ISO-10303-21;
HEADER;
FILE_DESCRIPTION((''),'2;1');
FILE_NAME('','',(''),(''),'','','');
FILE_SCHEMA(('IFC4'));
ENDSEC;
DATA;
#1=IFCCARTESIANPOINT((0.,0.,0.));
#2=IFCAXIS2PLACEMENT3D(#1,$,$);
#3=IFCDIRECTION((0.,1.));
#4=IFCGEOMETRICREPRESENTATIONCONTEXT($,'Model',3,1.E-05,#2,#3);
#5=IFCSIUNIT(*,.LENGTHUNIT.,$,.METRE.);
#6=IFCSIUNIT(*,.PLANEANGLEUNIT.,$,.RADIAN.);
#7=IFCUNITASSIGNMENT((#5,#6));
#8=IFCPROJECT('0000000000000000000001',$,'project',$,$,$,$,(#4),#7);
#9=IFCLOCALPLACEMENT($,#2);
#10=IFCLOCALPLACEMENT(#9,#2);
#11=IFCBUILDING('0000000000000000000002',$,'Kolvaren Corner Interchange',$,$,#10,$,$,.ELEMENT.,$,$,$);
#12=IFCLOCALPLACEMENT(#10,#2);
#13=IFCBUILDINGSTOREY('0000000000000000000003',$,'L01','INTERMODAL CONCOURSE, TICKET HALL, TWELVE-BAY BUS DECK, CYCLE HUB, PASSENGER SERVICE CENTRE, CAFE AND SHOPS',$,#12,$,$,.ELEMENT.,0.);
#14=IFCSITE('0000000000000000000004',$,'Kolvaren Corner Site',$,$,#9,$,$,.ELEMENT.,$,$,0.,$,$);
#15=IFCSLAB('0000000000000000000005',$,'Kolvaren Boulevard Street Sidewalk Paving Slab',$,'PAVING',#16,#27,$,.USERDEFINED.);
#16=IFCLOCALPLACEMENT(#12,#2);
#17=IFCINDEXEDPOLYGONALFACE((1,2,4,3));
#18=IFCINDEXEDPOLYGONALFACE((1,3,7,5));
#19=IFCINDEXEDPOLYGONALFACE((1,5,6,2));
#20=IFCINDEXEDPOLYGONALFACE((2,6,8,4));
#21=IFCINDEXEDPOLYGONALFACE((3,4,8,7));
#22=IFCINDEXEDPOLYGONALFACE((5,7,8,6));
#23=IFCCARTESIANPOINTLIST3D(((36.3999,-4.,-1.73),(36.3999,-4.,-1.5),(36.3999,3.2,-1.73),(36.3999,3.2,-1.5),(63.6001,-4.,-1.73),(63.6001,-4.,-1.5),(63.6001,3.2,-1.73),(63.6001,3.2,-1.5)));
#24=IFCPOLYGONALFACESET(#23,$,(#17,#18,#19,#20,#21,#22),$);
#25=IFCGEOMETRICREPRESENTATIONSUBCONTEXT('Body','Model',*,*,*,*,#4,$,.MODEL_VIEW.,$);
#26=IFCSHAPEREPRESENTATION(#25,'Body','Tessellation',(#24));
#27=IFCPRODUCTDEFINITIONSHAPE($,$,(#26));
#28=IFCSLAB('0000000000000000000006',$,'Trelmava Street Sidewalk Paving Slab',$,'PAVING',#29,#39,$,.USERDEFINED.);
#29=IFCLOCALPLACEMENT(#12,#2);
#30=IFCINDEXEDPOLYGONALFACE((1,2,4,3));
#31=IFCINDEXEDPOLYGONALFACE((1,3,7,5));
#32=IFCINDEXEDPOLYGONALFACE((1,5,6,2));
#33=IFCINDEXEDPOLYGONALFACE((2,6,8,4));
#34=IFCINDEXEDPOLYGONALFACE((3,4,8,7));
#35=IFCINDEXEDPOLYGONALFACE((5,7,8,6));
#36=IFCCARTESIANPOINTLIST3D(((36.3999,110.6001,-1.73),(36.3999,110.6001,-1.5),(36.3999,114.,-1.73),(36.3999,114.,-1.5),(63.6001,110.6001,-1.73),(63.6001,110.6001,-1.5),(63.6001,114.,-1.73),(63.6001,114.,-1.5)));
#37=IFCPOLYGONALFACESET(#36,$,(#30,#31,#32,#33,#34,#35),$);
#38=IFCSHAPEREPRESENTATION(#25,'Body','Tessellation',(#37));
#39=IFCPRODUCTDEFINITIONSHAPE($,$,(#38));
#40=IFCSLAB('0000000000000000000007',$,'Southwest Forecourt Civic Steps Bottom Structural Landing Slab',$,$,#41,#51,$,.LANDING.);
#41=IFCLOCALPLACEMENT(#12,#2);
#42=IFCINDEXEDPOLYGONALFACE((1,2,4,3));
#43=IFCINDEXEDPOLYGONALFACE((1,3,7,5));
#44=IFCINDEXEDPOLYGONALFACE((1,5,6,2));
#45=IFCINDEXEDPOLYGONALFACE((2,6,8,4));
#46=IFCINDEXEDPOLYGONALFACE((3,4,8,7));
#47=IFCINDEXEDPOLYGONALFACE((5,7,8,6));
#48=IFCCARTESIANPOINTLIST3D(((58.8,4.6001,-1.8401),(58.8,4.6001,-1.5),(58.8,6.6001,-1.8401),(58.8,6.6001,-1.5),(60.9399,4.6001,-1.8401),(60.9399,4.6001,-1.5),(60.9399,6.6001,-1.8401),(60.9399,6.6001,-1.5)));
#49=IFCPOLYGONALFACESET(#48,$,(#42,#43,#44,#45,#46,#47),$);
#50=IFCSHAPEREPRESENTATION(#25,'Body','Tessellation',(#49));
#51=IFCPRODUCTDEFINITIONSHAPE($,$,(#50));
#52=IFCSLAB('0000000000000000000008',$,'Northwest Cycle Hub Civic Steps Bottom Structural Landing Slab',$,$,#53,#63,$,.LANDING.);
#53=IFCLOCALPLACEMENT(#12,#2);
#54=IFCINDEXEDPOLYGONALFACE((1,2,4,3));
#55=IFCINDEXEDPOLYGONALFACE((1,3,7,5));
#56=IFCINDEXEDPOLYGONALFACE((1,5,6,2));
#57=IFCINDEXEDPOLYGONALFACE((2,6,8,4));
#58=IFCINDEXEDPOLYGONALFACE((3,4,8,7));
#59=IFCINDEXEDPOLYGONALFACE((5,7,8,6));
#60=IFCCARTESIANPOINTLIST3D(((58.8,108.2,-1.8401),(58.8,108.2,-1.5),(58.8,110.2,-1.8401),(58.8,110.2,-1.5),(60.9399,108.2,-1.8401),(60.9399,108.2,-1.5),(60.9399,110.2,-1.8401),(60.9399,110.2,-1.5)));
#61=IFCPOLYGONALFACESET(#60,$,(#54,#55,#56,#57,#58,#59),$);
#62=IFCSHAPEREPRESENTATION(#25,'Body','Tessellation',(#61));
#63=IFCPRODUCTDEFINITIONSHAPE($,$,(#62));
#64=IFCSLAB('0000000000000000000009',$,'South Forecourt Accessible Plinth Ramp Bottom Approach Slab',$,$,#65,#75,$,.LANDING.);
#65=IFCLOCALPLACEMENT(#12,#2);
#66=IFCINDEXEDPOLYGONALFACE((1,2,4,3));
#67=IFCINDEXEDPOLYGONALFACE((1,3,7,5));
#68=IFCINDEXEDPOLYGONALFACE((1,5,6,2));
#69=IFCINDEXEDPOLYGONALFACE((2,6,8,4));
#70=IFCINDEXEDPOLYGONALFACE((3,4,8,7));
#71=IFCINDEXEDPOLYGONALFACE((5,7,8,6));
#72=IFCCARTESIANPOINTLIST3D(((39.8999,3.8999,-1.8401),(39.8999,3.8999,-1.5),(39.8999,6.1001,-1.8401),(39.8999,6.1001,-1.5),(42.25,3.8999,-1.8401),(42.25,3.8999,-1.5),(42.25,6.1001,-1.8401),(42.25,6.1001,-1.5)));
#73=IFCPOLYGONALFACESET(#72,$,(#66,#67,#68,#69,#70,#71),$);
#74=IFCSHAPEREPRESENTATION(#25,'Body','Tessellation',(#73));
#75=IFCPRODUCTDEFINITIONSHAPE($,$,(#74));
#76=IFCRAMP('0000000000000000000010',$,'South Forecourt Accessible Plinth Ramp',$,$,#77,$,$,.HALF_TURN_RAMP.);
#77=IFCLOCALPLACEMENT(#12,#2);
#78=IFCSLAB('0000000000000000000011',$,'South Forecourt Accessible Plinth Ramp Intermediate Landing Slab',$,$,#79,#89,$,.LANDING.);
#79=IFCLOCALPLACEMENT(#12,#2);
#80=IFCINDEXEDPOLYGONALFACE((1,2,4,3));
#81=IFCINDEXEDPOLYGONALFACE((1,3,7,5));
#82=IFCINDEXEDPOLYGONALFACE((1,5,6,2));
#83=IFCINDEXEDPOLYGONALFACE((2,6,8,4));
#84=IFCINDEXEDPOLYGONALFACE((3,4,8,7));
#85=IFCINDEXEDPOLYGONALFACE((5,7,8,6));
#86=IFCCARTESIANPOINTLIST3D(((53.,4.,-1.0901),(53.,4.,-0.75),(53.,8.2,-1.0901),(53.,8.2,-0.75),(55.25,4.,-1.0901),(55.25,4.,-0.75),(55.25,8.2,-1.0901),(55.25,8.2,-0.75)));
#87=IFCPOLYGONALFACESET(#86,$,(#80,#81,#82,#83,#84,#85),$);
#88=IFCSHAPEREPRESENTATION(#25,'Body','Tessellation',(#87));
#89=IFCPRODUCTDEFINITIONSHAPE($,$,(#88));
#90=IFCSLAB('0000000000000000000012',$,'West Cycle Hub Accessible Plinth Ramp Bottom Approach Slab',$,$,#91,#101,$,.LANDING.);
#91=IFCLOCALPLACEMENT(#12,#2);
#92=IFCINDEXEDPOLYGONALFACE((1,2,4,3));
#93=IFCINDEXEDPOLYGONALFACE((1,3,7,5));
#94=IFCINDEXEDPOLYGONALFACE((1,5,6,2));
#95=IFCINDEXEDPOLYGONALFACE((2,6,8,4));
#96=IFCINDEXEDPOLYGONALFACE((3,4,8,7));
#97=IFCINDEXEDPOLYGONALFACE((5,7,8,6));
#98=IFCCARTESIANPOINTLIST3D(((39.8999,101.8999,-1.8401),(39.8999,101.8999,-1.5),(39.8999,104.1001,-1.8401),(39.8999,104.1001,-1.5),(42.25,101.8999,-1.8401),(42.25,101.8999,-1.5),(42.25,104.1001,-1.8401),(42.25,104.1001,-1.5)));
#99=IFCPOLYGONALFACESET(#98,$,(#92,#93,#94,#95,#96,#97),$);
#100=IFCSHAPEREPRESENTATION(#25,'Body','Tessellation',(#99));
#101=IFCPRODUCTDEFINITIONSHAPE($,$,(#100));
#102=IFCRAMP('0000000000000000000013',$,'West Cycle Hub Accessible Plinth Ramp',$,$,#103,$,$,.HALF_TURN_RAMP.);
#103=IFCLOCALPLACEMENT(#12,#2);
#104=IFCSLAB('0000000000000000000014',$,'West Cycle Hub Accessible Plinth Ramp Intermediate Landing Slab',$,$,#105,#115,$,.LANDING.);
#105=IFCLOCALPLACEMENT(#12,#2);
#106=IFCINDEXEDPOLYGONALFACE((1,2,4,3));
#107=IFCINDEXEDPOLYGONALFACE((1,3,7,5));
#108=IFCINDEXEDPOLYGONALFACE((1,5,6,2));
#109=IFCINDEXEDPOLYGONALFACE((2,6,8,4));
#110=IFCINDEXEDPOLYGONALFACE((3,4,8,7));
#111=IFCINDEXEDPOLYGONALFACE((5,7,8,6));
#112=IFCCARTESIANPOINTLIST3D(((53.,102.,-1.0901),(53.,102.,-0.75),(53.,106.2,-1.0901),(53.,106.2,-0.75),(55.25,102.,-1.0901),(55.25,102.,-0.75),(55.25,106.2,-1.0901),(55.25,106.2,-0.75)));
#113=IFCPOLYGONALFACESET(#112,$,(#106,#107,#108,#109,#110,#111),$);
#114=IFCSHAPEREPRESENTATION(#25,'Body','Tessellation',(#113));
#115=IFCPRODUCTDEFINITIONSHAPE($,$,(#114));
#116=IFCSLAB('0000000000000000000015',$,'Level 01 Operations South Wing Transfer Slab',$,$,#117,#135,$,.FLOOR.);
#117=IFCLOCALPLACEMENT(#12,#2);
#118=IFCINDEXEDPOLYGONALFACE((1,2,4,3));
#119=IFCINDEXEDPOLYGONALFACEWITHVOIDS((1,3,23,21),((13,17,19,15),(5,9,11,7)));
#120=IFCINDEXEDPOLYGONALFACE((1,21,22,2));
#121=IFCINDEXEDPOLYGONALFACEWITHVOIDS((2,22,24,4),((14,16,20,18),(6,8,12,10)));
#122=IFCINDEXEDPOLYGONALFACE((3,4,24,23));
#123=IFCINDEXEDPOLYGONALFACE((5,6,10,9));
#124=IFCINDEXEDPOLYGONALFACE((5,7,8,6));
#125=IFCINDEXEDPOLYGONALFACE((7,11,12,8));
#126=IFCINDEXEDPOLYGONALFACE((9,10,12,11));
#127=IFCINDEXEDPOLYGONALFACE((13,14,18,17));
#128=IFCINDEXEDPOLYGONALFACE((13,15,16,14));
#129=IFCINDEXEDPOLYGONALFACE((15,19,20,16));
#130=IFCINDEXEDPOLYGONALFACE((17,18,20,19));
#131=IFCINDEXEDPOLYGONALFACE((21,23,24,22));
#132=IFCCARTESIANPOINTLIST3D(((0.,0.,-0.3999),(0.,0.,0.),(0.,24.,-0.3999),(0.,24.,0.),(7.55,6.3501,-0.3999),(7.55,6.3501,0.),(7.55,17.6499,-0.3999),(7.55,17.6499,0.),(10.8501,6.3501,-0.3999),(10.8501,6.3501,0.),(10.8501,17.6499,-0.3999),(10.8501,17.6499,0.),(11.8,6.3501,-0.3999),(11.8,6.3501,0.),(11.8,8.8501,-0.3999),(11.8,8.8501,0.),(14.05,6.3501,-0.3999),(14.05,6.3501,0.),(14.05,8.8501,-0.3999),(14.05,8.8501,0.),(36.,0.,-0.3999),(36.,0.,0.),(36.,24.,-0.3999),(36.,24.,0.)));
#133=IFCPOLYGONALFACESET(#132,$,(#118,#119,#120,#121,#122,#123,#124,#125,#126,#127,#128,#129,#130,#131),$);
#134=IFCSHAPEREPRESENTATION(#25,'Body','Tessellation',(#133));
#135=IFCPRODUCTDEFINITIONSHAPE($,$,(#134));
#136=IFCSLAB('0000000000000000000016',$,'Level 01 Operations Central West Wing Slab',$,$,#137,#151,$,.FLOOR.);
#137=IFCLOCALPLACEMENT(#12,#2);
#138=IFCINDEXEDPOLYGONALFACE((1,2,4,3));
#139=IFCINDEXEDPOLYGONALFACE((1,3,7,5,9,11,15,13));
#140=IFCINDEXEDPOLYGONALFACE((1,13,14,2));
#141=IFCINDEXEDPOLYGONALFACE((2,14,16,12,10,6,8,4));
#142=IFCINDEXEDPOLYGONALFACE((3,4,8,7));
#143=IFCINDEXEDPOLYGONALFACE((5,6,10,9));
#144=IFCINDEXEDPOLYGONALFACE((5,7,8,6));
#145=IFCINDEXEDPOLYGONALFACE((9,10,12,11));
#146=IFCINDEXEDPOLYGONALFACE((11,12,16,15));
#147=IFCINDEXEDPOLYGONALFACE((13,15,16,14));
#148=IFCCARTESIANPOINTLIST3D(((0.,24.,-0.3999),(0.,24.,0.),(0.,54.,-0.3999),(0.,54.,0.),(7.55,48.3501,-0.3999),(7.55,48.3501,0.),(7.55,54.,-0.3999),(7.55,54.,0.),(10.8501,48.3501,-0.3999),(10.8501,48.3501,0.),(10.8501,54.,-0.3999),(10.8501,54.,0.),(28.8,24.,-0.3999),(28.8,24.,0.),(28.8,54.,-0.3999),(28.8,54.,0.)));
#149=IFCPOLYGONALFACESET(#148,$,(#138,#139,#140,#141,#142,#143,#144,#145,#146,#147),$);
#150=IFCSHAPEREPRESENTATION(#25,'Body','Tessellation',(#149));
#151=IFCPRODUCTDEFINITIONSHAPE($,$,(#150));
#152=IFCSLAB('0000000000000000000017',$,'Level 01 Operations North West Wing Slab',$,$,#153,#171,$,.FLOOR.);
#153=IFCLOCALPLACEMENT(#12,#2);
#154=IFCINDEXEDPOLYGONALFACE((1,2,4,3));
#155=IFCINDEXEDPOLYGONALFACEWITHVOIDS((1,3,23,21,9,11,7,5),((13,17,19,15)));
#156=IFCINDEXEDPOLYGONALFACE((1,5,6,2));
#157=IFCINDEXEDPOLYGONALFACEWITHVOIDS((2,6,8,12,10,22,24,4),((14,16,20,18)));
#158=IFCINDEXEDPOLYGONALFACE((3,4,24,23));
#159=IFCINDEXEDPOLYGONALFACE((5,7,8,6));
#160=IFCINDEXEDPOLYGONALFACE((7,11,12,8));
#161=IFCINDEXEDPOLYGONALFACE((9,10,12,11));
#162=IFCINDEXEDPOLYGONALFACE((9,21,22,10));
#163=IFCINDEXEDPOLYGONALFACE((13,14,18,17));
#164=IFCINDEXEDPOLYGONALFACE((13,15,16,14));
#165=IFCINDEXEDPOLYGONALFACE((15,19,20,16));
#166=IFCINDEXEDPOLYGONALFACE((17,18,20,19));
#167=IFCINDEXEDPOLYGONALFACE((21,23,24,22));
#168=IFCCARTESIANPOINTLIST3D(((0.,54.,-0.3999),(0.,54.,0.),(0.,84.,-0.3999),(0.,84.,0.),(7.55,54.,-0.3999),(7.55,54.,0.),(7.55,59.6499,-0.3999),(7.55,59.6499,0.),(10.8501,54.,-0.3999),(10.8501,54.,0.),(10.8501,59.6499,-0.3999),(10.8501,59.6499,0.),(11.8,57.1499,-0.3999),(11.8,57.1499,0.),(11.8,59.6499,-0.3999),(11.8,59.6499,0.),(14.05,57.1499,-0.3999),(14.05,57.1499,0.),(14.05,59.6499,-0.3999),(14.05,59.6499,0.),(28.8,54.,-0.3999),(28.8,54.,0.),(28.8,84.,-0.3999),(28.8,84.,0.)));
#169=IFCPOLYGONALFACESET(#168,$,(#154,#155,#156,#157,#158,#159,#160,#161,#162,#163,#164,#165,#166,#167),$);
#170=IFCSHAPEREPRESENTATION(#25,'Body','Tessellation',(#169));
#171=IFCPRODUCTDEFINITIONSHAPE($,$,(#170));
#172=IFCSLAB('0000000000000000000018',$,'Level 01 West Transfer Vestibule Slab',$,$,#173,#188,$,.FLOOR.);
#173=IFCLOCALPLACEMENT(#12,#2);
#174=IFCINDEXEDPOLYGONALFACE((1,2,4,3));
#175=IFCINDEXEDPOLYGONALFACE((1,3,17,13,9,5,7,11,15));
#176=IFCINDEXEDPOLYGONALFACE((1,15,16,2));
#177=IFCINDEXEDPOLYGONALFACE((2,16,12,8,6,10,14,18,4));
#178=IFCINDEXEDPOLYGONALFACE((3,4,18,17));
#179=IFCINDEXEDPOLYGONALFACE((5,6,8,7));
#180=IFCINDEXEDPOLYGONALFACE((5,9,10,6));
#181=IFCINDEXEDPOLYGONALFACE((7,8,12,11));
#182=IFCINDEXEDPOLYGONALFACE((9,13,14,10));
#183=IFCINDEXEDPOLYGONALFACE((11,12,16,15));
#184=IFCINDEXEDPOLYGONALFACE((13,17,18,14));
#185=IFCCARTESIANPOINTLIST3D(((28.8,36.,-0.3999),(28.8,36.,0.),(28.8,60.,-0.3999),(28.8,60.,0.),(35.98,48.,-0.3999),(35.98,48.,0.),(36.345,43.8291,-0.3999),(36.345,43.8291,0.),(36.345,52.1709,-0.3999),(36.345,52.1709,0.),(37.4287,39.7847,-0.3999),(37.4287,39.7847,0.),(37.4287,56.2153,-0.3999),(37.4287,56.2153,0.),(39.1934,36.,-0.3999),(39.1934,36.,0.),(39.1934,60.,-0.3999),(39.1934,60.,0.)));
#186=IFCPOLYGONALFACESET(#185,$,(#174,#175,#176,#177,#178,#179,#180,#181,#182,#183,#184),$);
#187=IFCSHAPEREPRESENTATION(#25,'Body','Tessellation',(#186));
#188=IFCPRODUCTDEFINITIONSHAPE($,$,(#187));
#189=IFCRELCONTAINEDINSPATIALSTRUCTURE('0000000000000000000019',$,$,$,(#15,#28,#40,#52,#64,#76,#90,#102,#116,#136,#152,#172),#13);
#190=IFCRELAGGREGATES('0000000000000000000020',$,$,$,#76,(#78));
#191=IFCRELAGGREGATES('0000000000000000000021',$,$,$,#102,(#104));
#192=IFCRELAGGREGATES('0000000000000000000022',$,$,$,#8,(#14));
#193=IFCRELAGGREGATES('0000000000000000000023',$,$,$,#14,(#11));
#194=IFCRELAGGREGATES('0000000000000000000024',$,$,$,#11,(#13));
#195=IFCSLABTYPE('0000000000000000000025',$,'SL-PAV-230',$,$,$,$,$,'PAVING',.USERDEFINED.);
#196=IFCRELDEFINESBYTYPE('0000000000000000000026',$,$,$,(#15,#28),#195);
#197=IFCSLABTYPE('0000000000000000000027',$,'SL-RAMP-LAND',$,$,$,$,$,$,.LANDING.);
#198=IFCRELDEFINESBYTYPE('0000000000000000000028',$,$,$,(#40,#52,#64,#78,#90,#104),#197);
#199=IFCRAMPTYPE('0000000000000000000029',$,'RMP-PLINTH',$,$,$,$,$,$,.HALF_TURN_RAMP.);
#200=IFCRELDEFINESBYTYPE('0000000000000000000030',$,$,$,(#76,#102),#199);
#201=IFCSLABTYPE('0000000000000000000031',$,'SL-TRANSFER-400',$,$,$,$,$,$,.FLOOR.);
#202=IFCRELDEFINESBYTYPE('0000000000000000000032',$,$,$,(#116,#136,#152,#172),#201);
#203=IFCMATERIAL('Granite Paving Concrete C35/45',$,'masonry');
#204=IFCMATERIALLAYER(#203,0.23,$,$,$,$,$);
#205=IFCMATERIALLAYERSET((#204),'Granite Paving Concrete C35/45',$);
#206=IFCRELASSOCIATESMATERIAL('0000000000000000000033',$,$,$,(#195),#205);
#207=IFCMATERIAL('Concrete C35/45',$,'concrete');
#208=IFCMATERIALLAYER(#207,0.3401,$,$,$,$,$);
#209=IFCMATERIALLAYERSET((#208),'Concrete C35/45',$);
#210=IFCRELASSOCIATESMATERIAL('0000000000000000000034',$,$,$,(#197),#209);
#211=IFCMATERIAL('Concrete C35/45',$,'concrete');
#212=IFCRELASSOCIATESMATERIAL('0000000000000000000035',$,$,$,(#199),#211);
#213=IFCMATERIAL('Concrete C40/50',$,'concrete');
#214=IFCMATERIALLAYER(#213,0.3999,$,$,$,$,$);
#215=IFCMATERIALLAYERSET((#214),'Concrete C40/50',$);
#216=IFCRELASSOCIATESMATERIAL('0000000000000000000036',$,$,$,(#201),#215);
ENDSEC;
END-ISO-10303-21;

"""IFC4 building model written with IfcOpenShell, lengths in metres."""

from ifc_helpers import new_model, si_unit, direction, frame, origin, place, context, subcontext, project, spatial, polyline, outline, extrude, material, layer, layer_set, type_object, element, aggregate, save


model = new_model("IFC4")

# Units and contexts
model_context = context("Model", 3, precision=1e-05, world=origin(), true_north=direction((0.0, 1.0)))
body_context = subcontext(model_context, "Body", "Model", "MODEL_VIEW")
ifc_project = project(units=[si_unit("LENGTHUNIT", "METRE"), si_unit("PLANEANGLEUNIT", "RADIAN")], contexts=[model_context])

# Site, building, storey
site_placement = place(None, origin())
site = spatial("IfcSite", under=ifc_project, at=site_placement, Name="Kolvaren Corner Site", CompositionType="ELEMENT", RefElevation=0.0)
building_placement = place(site_placement, origin())
building = spatial("IfcBuilding", under=site, at=building_placement, Name="Kolvaren Corner Interchange", CompositionType="ELEMENT")
storey_placement = place(building_placement, origin())
storey = spatial("IfcBuildingStorey", under=building, at=storey_placement, Name="L01", Description="INTERMODAL CONCOURSE, TICKET HALL, TWELVE-BAY BUS DECK, CYCLE HUB, PASSENGER SERVICE CENTRE, CAFE AND SHOPS", CompositionType="ELEMENT", Elevation=0.0)

# Slabs
ifc_material_1 = material(Name="Granite Paving Concrete C35/45", Category="masonry")
ifc_layer_1 = layer(ifc_material_1, 0.23)
ifc_layer_set_1 = layer_set([ifc_layer_1], Name="Granite Paving Concrete C35/45")
slab_type_1 = type_object("IfcSlabType", Name="SL-PAV-230", ElementType="PAVING", PredefinedType="USERDEFINED", material=ifc_layer_set_1)
slab_1_placement = place(storey_placement, frame((0.0, 0.0, -1.73)))
element("IfcSlab", 1, at=slab_1_placement, inside=storey, type_object=slab_type_1, Name="Kolvaren Boulevard Street Sidewalk Paving Slab", ObjectType="PAVING", PredefinedType="USERDEFINED", context=body_context, shape_type="SweptSolid", body=[
    extrude(outline(polyline([(63.6001, -4.0), (63.6001, 3.2), (36.3999, 3.2), (36.3999, -4.0), (63.6001, -4.0)])), origin(), (0.0, 0.0, 1.0), 0.23),
])
slab_2_placement = place(storey_placement, frame((0.0, 0.0, -1.73)))
element("IfcSlab", 2, at=slab_2_placement, inside=storey, type_object=slab_type_1, Name="Trelmava Street Sidewalk Paving Slab", ObjectType="PAVING", PredefinedType="USERDEFINED", context=body_context, shape_type="SweptSolid", body=[
    extrude(outline(polyline([(63.6001, 114.0), (36.3999, 114.0), (36.3999, 110.6001), (63.6001, 110.6001), (63.6001, 114.0)])), origin(), (0.0, 0.0, 1.0), 0.23),
])
ifc_material_2 = material(Name="Concrete C35/45", Category="concrete")
ifc_layer_2 = layer(ifc_material_2, 0.3401)
ifc_layer_set_2 = layer_set([ifc_layer_2], Name="Concrete C35/45")
slab_type_2 = type_object("IfcSlabType", Name="SL-RAMP-LAND", PredefinedType="LANDING", material=ifc_layer_set_2)
slab_3_placement = place(storey_placement, frame((0.0, 0.0, -1.8401)))
element("IfcSlab", 3, at=slab_3_placement, inside=storey, type_object=slab_type_2, Name="Southwest Forecourt Civic Steps Bottom Structural Landing Slab", PredefinedType="LANDING", context=body_context, shape_type="SweptSolid", body=[
    extrude(outline(polyline([(58.8, 4.6001), (60.9399, 4.6001), (60.9399, 6.6001), (58.8, 6.6001), (58.8, 4.6001)])), origin(), (0.0, 0.0, 1.0), 0.3401),
])
slab_4_placement = place(storey_placement, frame((0.0, 0.0, -1.8401)))
element("IfcSlab", 4, at=slab_4_placement, inside=storey, type_object=slab_type_2, Name="Northwest Cycle Hub Civic Steps Bottom Structural Landing Slab", PredefinedType="LANDING", context=body_context, shape_type="SweptSolid", body=[
    extrude(outline(polyline([(58.8, 108.2), (60.9399, 108.2), (60.9399, 110.2), (58.8, 110.2), (58.8, 108.2)])), origin(), (0.0, 0.0, 1.0), 0.3401),
])
slab_5_placement = place(storey_placement, frame((0.0, 0.0, -1.8401)))
element("IfcSlab", 5, at=slab_5_placement, inside=storey, type_object=slab_type_2, Name="South Forecourt Accessible Plinth Ramp Bottom Approach Slab", PredefinedType="LANDING", context=body_context, shape_type="SweptSolid", body=[
    extrude(outline(polyline([(39.8999, 3.8999), (42.25, 3.8999), (42.25, 6.1001), (39.8999, 6.1001), (39.8999, 3.8999)])), origin(), (0.0, 0.0, 1.0), 0.3401),
])

# Ramp, slab
ifc_material_3 = material(Name="Concrete C35/45", Category="concrete")
ramp_type = type_object("IfcRampType", Name="RMP-PLINTH", PredefinedType="HALF_TURN_RAMP", material=ifc_material_3)
ramp_1_placement = place(storey_placement, origin())
ramp_1 = element("IfcRamp", 6, at=ramp_1_placement, inside=storey, type_object=ramp_type, Name="South Forecourt Accessible Plinth Ramp", PredefinedType="HALF_TURN_RAMP")
slab_6_placement = place(storey_placement, frame((0.0, 0.0, -1.0901)))
slab_6 = element("IfcSlab", 7, at=slab_6_placement, type_object=slab_type_2, Name="South Forecourt Accessible Plinth Ramp Intermediate Landing Slab", PredefinedType="LANDING", context=body_context, shape_type="SweptSolid", body=[
    extrude(outline(polyline([(53.0, 4.0), (55.25, 4.0), (55.25, 8.2), (53.0, 8.2), (53.0, 4.0)])), origin(), (0.0, 0.0, 1.0), 0.3401),
])
aggregate(ramp_1, [slab_6])

# Slab
slab_7_placement = place(storey_placement, frame((0.0, 0.0, -1.8401)))
element("IfcSlab", 8, at=slab_7_placement, inside=storey, type_object=slab_type_2, Name="West Cycle Hub Accessible Plinth Ramp Bottom Approach Slab", PredefinedType="LANDING", context=body_context, shape_type="SweptSolid", body=[
    extrude(outline(polyline([(39.8999, 101.8999), (42.25, 101.8999), (42.25, 104.1001), (39.8999, 104.1001), (39.8999, 101.8999)])), origin(), (0.0, 0.0, 1.0), 0.3401),
])

# Ramp, slab
ramp_2_placement = place(storey_placement, origin())
ramp_2 = element("IfcRamp", 9, at=ramp_2_placement, inside=storey, type_object=ramp_type, Name="West Cycle Hub Accessible Plinth Ramp", PredefinedType="HALF_TURN_RAMP")
slab_8_placement = place(storey_placement, frame((0.0, 0.0, -1.0901)))
slab_8 = element("IfcSlab", 10, at=slab_8_placement, type_object=slab_type_2, Name="West Cycle Hub Accessible Plinth Ramp Intermediate Landing Slab", PredefinedType="LANDING", context=body_context, shape_type="SweptSolid", body=[
    extrude(outline(polyline([(53.0, 102.0), (55.25, 102.0), (55.25, 106.2), (53.0, 106.2), (53.0, 102.0)])), origin(), (0.0, 0.0, 1.0), 0.3401),
])
aggregate(ramp_2, [slab_8])

# Slabs
ifc_material_4 = material(Name="Concrete C40/50", Category="concrete")
ifc_layer_3 = layer(ifc_material_4, 0.3999)
ifc_layer_set_3 = layer_set([ifc_layer_3], Name="Concrete C40/50")
slab_type_3 = type_object("IfcSlabType", Name="SL-TRANSFER-400", PredefinedType="FLOOR", material=ifc_layer_set_3)
slab_9_placement = place(storey_placement, frame((0.0, 0.0, -0.3999)))
element("IfcSlab", 11, at=slab_9_placement, inside=storey, type_object=slab_type_3, Name="Level 01 Operations South Wing Transfer Slab", PredefinedType="FLOOR", context=body_context, shape_type="SweptSolid", body=[
    extrude(outline(polyline([(36.0, 24.0), (0.0, 24.0), (0.0, 0.0), (36.0, 0.0), (36.0, 24.0)]), holes=[polyline([(7.55, 17.6499), (10.8501, 17.6499), (10.8501, 6.3501), (7.55, 6.3501), (7.55, 17.6499)]), polyline([(11.8, 6.3501), (11.8, 8.8501), (14.05, 8.8501), (14.05, 6.3501), (11.8, 6.3501)])]), origin(), (0.0, 0.0, 1.0), 0.3999),
])
slab_10_placement = place(storey_placement, frame((0.0, 0.0, -0.3999)))
element("IfcSlab", 12, at=slab_10_placement, inside=storey, type_object=slab_type_3, Name="Level 01 Operations Central West Wing Slab", PredefinedType="FLOOR", context=body_context, shape_type="SweptSolid", body=[
    extrude(outline(polyline([(7.55, 48.3501), (7.55, 54.0), (0.0, 54.0), (0.0, 24.0), (28.8, 24.0), (28.8, 54.0), (10.8501, 54.0), (10.8501, 48.3501), (7.55, 48.3501)])), origin(), (0.0, 0.0, 1.0), 0.3999),
])
slab_11_placement = place(storey_placement, frame((0.0, 0.0, -0.3999)))
element("IfcSlab", 13, at=slab_11_placement, inside=storey, type_object=slab_type_3, Name="Level 01 Operations North West Wing Slab", PredefinedType="FLOOR", context=body_context, shape_type="SweptSolid", body=[
    extrude(outline(polyline([(28.8, 54.0), (28.8, 84.0), (0.0, 84.0), (0.0, 54.0), (7.55, 54.0), (7.55, 59.6499), (10.8501, 59.6499), (10.8501, 54.0), (28.8, 54.0)]), holes=[polyline([(11.8, 57.1499), (11.8, 59.6499), (14.05, 59.6499), (14.05, 57.1499), (11.8, 57.1499)])]), origin(), (0.0, 0.0, 1.0), 0.3999),
])
slab_12_placement = place(storey_placement, frame((0.0, 0.0, -0.3999)))
element("IfcSlab", 14, at=slab_12_placement, inside=storey, type_object=slab_type_3, Name="Level 01 West Transfer Vestibule Slab", PredefinedType="FLOOR", context=body_context, shape_type="SweptSolid", body=[
    extrude(outline(polyline([(37.4287, 56.2153), (39.1934, 60.0), (28.8, 60.0), (28.8, 36.0), (39.1934, 36.0), (37.4287, 39.7847), (36.345, 43.8291), (35.98, 48.0), (36.345, 52.1709), (37.4287, 56.2153)])), origin(), (0.0, 0.0, 1.0), 0.3999),
])

save(model, "model.ifc")
